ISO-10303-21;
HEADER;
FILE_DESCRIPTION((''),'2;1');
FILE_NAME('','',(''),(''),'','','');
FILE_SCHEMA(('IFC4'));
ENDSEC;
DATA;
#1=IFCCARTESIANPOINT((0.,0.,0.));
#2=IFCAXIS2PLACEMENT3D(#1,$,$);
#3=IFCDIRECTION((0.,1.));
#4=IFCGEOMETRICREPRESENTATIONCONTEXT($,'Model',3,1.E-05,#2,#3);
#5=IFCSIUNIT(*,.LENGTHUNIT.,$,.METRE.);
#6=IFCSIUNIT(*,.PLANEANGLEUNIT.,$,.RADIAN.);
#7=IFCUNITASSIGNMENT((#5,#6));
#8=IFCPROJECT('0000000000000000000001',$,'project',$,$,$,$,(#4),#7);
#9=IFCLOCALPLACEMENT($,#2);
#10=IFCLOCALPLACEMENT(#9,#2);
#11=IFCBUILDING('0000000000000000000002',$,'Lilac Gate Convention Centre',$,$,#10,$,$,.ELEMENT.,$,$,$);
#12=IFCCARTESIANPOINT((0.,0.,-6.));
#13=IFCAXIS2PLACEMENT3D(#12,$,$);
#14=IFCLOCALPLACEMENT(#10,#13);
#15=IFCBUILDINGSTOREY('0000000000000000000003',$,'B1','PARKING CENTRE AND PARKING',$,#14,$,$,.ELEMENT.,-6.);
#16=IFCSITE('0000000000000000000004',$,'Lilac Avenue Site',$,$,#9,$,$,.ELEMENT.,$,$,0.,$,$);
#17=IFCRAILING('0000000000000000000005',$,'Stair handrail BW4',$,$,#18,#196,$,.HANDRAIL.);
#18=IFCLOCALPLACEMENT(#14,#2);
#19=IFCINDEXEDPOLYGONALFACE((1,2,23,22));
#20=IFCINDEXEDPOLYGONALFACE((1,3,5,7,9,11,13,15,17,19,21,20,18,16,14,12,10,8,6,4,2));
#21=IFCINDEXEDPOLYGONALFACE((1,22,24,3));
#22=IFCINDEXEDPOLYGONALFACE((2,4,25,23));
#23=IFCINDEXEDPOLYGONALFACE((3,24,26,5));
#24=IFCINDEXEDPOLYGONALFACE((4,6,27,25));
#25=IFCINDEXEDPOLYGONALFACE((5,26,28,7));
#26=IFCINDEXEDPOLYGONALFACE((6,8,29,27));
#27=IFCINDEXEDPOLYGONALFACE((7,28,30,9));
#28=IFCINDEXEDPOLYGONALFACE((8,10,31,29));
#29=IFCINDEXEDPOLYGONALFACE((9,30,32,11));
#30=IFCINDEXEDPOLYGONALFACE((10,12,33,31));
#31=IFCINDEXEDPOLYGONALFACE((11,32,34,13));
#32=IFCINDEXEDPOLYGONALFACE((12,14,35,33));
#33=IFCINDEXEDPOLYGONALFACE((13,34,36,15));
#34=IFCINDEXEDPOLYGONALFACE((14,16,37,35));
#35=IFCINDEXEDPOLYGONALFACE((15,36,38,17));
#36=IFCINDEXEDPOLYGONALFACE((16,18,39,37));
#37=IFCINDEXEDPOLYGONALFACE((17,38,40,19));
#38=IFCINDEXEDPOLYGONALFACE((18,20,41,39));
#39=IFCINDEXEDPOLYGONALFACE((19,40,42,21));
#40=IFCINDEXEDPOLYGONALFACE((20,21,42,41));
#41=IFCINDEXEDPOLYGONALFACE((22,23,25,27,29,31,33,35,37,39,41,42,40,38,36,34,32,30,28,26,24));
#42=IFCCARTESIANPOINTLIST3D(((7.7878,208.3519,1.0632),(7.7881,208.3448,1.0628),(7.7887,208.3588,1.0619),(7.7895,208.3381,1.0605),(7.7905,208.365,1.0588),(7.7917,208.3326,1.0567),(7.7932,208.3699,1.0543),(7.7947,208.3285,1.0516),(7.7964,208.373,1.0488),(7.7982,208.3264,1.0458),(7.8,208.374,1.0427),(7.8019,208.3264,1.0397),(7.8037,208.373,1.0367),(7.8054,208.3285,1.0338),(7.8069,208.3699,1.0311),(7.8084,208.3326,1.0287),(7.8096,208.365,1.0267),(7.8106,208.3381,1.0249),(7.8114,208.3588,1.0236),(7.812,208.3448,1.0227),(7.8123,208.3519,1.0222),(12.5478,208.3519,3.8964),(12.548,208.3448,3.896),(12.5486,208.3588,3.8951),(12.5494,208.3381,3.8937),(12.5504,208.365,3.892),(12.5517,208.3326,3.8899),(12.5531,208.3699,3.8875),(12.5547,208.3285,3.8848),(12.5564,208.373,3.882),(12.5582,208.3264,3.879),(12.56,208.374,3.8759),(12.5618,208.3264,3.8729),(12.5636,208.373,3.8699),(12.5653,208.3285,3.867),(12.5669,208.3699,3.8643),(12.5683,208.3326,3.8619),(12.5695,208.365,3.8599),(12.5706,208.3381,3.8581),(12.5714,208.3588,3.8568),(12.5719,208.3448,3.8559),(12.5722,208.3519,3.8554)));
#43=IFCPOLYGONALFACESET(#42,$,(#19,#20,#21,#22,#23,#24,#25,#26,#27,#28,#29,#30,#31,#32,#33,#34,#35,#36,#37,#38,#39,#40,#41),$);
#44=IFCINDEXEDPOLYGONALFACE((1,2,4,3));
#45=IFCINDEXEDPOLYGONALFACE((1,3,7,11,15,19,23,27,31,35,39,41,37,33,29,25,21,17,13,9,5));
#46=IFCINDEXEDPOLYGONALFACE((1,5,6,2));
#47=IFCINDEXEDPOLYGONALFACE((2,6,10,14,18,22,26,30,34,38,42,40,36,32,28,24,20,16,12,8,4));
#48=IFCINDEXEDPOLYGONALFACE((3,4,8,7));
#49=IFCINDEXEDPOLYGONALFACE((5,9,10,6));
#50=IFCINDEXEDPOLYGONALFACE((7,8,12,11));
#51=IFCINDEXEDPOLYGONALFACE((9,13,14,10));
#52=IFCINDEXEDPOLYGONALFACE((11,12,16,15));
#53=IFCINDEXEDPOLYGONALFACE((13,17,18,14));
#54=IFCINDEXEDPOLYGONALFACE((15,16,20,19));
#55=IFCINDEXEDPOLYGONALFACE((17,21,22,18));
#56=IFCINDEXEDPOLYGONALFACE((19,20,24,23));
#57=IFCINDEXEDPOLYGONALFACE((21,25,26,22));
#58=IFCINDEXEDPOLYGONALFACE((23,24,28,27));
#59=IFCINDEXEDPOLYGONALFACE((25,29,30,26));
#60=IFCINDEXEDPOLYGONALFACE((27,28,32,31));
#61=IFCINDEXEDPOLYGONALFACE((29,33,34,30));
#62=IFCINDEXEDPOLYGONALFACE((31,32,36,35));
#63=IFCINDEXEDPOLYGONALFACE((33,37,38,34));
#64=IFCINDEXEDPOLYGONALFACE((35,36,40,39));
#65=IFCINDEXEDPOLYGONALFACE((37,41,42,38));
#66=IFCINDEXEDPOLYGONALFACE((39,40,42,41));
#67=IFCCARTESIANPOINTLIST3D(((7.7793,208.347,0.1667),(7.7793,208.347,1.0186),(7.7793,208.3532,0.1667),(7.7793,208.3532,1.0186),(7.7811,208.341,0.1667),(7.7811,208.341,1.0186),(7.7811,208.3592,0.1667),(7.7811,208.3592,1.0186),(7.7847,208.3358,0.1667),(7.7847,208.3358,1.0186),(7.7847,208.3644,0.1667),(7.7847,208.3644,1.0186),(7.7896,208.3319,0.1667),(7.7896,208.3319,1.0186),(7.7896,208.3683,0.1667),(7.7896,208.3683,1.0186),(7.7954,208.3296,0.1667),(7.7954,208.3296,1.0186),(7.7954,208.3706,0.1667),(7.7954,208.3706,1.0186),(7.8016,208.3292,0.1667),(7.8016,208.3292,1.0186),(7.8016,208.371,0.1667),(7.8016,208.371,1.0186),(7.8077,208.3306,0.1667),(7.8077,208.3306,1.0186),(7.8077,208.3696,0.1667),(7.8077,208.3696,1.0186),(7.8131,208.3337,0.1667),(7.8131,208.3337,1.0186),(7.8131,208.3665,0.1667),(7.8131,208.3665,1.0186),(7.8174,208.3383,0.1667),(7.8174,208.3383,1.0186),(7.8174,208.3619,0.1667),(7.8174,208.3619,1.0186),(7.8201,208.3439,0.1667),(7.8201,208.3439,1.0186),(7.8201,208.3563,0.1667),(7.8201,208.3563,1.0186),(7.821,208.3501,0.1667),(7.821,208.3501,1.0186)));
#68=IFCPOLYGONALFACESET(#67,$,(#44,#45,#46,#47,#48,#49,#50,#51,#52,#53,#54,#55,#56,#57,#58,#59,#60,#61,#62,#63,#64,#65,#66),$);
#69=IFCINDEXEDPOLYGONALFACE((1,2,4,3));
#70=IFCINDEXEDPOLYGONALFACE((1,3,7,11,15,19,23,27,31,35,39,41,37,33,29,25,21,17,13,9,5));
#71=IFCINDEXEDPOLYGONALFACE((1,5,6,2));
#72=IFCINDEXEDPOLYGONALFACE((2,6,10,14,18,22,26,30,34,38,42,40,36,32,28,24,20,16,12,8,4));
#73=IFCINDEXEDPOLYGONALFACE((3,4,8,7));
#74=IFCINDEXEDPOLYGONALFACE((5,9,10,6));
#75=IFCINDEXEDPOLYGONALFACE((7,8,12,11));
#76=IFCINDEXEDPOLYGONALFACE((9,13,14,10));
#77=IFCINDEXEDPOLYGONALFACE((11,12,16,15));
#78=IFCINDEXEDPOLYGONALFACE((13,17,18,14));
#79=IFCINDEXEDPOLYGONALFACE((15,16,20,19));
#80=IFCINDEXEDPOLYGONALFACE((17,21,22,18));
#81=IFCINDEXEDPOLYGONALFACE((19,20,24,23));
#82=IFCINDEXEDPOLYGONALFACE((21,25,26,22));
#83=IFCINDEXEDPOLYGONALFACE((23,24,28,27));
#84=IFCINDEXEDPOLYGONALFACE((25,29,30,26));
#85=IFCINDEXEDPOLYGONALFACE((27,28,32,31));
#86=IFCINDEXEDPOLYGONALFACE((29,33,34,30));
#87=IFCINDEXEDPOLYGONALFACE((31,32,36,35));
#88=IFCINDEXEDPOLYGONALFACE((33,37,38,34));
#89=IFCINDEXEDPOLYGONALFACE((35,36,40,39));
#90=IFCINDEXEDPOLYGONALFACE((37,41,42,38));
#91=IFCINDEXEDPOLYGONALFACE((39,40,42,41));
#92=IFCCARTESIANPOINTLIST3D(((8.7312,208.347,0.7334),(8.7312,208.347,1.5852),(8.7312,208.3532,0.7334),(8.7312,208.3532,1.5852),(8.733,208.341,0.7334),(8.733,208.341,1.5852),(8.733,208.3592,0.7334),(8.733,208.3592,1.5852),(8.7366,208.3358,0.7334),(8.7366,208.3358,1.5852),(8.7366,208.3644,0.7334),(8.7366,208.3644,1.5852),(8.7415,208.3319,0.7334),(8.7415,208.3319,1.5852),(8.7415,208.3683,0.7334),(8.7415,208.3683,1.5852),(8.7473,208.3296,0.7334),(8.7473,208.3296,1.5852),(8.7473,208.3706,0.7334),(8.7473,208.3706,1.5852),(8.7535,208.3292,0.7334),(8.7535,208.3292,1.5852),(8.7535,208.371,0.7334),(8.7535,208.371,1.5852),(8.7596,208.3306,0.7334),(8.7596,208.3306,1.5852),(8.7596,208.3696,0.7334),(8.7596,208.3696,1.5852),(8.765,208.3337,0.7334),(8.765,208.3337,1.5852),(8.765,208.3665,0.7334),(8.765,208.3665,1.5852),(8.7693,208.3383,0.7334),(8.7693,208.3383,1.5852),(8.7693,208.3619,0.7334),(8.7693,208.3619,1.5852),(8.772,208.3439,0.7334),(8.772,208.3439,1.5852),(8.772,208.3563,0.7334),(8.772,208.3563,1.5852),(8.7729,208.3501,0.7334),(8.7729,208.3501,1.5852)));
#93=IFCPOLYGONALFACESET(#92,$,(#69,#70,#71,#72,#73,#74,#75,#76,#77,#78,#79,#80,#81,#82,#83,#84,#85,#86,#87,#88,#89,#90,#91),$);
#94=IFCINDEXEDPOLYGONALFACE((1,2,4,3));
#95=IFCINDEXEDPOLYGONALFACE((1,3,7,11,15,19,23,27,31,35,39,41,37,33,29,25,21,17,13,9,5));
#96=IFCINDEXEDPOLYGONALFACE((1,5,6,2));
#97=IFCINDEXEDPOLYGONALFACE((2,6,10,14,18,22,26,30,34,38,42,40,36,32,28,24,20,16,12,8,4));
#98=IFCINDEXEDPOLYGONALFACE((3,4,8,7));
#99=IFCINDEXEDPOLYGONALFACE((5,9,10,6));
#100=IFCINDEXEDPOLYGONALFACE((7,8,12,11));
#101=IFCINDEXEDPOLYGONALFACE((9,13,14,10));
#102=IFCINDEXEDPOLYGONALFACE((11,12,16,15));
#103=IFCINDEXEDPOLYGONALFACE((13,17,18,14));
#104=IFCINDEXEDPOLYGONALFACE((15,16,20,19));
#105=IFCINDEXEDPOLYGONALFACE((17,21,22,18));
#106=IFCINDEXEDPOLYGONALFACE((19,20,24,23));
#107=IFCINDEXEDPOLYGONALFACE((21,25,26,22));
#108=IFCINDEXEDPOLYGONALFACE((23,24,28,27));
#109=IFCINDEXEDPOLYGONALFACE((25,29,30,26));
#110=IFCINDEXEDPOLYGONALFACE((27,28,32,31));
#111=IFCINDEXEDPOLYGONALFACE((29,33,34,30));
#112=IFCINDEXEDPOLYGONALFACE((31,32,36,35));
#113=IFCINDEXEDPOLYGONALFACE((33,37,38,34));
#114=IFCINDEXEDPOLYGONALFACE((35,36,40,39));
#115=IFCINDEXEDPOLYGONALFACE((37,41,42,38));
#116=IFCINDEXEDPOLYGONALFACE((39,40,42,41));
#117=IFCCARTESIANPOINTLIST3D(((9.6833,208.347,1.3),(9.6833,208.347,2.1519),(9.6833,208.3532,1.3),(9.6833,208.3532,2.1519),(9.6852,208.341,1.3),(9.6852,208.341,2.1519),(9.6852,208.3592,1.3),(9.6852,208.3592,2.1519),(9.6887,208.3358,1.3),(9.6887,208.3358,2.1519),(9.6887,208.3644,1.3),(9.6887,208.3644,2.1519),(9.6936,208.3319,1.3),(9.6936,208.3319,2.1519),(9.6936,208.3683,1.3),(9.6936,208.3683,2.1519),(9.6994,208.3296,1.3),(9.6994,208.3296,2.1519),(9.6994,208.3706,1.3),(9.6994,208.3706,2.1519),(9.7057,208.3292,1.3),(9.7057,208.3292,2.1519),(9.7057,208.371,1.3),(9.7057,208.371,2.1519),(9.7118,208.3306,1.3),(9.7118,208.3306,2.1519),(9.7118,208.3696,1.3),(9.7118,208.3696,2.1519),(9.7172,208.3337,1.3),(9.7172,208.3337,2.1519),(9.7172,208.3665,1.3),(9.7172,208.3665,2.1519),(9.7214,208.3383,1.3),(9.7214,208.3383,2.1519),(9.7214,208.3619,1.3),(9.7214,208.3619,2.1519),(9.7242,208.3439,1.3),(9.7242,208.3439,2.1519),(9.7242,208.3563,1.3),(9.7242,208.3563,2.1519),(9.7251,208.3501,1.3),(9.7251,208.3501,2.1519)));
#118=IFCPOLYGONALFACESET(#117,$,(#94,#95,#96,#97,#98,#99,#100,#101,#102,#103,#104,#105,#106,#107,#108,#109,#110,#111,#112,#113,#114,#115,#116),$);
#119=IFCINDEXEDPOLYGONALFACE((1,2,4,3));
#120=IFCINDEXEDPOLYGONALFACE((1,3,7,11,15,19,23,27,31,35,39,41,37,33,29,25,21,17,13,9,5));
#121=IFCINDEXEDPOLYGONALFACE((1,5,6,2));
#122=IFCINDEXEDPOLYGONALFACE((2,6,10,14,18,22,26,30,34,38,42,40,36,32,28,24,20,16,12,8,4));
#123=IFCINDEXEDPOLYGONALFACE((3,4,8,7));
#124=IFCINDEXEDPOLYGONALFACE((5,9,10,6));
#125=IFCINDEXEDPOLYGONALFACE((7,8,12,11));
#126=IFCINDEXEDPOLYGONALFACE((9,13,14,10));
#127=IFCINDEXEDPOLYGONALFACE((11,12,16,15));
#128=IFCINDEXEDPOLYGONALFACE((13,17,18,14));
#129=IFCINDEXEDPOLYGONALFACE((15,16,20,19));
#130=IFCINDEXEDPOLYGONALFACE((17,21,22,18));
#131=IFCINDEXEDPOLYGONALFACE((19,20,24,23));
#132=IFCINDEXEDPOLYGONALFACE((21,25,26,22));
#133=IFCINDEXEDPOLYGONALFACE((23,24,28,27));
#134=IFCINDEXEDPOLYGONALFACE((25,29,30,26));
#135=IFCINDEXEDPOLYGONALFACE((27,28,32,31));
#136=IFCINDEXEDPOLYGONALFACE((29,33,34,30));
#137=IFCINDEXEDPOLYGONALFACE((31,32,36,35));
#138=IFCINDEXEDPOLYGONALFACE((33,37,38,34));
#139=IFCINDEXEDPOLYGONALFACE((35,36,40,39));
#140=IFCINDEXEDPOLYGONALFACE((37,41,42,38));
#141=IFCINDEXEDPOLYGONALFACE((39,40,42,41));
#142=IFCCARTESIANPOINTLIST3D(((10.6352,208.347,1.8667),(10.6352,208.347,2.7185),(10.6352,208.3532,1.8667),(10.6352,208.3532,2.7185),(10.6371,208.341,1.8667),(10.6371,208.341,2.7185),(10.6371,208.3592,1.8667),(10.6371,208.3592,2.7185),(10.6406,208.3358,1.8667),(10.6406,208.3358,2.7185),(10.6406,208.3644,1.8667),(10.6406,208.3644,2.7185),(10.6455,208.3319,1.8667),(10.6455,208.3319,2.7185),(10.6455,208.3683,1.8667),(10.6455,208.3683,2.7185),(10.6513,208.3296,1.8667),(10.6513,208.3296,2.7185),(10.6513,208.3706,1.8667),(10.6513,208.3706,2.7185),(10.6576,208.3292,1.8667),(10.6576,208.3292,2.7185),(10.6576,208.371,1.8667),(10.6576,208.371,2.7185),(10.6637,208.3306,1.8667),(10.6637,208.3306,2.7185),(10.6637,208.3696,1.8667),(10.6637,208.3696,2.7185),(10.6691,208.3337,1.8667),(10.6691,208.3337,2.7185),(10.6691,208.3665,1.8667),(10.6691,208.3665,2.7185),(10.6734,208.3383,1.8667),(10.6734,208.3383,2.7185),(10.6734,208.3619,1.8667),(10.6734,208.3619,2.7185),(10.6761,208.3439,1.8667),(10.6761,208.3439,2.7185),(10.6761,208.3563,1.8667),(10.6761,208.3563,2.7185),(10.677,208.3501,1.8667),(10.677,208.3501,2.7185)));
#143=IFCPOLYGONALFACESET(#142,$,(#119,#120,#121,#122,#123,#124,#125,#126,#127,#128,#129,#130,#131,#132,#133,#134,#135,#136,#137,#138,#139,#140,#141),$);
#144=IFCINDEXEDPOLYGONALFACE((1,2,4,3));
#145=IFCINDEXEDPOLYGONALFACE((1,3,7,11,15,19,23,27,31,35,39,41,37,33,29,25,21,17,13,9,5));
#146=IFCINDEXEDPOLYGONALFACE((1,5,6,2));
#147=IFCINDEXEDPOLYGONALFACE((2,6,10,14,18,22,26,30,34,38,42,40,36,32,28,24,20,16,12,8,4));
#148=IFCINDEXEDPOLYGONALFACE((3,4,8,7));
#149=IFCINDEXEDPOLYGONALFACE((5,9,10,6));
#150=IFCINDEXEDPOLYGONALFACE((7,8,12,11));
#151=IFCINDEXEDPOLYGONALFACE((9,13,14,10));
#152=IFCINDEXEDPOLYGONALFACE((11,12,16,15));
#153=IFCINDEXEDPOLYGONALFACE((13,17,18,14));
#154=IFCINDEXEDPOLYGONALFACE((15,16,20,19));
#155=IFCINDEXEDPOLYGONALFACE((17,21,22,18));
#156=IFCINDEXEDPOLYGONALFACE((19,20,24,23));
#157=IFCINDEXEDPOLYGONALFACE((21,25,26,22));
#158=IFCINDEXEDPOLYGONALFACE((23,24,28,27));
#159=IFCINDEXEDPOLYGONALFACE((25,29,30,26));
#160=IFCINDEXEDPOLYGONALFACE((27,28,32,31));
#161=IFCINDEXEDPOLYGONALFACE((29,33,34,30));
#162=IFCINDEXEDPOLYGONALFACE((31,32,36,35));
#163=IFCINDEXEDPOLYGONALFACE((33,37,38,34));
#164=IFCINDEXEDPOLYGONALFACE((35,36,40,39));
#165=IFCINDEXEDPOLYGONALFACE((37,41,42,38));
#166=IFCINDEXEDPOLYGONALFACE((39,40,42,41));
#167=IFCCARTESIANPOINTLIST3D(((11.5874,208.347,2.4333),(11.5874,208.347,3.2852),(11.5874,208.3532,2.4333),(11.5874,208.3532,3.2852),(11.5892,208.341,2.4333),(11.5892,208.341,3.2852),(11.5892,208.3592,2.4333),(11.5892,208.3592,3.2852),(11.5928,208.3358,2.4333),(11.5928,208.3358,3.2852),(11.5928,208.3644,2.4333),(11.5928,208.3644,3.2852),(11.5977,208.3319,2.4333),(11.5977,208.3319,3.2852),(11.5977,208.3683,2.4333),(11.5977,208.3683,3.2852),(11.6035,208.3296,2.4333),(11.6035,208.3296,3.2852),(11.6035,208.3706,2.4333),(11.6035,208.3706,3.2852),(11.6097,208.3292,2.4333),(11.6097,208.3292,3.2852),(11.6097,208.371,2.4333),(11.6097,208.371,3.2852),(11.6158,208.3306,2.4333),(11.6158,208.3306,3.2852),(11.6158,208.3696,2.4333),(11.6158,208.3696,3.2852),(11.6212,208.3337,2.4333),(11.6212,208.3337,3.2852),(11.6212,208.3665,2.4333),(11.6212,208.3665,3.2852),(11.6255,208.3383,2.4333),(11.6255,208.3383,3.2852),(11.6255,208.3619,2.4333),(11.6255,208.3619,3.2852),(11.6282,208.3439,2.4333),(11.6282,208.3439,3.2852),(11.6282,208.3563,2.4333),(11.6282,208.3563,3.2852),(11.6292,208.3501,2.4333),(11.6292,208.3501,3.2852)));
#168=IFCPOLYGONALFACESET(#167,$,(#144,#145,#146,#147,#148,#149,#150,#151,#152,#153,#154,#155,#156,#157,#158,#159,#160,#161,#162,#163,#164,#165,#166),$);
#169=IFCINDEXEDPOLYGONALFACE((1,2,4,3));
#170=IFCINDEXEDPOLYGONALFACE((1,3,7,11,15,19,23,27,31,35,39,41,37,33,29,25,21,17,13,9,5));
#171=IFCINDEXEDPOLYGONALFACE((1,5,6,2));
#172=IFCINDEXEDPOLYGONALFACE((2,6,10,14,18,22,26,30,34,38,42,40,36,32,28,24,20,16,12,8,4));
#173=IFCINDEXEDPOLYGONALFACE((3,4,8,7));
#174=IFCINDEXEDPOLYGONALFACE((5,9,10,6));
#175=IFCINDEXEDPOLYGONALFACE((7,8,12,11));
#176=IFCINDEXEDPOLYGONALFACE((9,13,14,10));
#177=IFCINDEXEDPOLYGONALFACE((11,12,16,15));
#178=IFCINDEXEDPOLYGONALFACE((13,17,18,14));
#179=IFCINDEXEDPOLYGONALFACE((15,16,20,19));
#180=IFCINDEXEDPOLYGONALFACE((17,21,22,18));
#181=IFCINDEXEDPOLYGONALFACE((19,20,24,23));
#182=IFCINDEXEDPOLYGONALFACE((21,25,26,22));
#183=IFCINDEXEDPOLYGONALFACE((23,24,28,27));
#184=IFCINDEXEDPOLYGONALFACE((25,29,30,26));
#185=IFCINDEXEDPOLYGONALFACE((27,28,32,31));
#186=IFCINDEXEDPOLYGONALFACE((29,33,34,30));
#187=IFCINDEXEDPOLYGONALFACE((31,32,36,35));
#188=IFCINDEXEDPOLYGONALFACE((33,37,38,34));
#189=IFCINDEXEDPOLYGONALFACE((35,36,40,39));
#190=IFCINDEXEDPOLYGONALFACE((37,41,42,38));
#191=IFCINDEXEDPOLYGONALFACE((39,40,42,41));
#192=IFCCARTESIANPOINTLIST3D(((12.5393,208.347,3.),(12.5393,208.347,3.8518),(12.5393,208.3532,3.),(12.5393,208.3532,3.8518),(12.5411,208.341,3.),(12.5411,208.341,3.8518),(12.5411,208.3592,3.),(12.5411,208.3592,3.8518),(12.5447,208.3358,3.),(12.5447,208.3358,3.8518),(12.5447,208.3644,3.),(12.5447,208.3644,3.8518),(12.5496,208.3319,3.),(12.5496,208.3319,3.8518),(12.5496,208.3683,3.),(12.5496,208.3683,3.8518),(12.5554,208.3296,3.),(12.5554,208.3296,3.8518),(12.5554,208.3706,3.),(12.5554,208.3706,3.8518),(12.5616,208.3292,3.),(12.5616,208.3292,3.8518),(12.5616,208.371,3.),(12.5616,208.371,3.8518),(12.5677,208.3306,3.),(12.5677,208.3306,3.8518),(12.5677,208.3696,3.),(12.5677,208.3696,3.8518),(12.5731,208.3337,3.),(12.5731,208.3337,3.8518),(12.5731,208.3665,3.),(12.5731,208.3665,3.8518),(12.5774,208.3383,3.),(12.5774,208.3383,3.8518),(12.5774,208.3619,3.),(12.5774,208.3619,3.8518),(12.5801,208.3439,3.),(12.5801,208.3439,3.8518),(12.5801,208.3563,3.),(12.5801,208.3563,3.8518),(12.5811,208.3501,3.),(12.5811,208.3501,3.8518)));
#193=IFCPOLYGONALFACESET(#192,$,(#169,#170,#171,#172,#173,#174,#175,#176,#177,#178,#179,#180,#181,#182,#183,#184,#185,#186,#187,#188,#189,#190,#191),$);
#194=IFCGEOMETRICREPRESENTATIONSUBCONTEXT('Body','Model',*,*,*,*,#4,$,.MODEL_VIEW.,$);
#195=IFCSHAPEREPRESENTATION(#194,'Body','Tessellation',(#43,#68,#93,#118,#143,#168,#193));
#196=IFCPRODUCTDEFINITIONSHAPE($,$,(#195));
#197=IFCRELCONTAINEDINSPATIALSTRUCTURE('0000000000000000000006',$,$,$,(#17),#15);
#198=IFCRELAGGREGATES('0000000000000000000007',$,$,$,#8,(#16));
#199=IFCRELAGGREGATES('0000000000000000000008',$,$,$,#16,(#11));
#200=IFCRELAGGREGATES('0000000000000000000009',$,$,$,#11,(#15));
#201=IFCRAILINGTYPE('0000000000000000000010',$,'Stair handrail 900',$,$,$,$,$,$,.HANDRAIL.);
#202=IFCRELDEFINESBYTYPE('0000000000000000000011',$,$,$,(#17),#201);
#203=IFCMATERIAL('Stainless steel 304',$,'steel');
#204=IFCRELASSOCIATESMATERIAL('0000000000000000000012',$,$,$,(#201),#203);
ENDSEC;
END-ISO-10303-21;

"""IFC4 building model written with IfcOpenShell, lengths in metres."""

from ifc_helpers import new_model, si_unit, direction, frame, origin, origin_2d, place, context, subcontext, project, spatial, circle, extrude, material, type_object, element, save


model = new_model("IFC4")

# Units and contexts
model_context = context("Model", 3, precision=1e-05, world=origin(), true_north=direction((0.0, 1.0)))
body_context = subcontext(model_context, "Body", "Model", "MODEL_VIEW")
ifc_project = project(units=[si_unit("LENGTHUNIT", "METRE"), si_unit("PLANEANGLEUNIT", "RADIAN")], contexts=[model_context])

# Site, building, storey
site_placement = place(None, origin())
site = spatial("IfcSite", under=ifc_project, at=site_placement, Name="Lilac Avenue Site", CompositionType="ELEMENT", RefElevation=0.0)
building_placement = place(site_placement, origin())
building = spatial("IfcBuilding", under=site, at=building_placement, Name="Lilac Gate Convention Centre", CompositionType="ELEMENT")
storey_placement = place(building_placement, frame((0.0, 0.0, -6.0)))
storey = spatial("IfcBuildingStorey", under=building, at=storey_placement, Name="B1", Description="PARKING CENTRE AND PARKING", CompositionType="ELEMENT", Elevation=-6.0)

# Railing
ifc_material_1 = material(Name="Stainless steel 304", Category="steel")
railing_type = type_object("IfcRailingType", Name="Stair handrail 900", PredefinedType="HANDRAIL", material=ifc_material_1)
for number, where, name in (
    (1, (7.8, 208.3501, 0.1667), "Stair handrail BW4"),
):
    element("IfcRailing", number, at=place(storey_placement, frame(where)), inside=storey, type_object=railing_type, Name=name, PredefinedType="HANDRAIL", context=body_context, shape_type="SweptSolid", body=[
        extrude(circle(Radius=0.0239, at=origin_2d()), frame((0.0, 0.0, 0.876), z_axis=(0.8593, 0.0, 0.511472), x_axis=(0.0, 1.0, 0.0)), (0.0, 0.0, 1.0), 5.5393),
        extrude(circle(Radius=0.021, at=origin_2d()), origin(), (0.0, 0.0, 1.0), 0.8518),
        extrude(circle(Radius=0.021, at=origin_2d()), frame((0.9519, 0.0, 0.5667)), (0.0, 0.0, 1.0), 0.8518),
        extrude(circle(Radius=0.021, at=origin_2d()), frame((1.9041, 0.0, 1.1333)), (0.0, 0.0, 1.0), 0.8518),
        extrude(circle(Radius=0.021, at=origin_2d()), frame((2.856, 0.0, 1.7)), (0.0, 0.0, 1.0), 0.8518),
        extrude(circle(Radius=0.021, at=origin_2d()), frame((3.8081, 0.0, 2.2666)), (0.0, 0.0, 1.0), 0.8518),
        extrude(circle(Radius=0.021, at=origin_2d()), frame((4.76, 0.0, 2.8333)), (0.0, 0.0, 1.0), 0.8518),
    ])

save(model, "model.ifc")
